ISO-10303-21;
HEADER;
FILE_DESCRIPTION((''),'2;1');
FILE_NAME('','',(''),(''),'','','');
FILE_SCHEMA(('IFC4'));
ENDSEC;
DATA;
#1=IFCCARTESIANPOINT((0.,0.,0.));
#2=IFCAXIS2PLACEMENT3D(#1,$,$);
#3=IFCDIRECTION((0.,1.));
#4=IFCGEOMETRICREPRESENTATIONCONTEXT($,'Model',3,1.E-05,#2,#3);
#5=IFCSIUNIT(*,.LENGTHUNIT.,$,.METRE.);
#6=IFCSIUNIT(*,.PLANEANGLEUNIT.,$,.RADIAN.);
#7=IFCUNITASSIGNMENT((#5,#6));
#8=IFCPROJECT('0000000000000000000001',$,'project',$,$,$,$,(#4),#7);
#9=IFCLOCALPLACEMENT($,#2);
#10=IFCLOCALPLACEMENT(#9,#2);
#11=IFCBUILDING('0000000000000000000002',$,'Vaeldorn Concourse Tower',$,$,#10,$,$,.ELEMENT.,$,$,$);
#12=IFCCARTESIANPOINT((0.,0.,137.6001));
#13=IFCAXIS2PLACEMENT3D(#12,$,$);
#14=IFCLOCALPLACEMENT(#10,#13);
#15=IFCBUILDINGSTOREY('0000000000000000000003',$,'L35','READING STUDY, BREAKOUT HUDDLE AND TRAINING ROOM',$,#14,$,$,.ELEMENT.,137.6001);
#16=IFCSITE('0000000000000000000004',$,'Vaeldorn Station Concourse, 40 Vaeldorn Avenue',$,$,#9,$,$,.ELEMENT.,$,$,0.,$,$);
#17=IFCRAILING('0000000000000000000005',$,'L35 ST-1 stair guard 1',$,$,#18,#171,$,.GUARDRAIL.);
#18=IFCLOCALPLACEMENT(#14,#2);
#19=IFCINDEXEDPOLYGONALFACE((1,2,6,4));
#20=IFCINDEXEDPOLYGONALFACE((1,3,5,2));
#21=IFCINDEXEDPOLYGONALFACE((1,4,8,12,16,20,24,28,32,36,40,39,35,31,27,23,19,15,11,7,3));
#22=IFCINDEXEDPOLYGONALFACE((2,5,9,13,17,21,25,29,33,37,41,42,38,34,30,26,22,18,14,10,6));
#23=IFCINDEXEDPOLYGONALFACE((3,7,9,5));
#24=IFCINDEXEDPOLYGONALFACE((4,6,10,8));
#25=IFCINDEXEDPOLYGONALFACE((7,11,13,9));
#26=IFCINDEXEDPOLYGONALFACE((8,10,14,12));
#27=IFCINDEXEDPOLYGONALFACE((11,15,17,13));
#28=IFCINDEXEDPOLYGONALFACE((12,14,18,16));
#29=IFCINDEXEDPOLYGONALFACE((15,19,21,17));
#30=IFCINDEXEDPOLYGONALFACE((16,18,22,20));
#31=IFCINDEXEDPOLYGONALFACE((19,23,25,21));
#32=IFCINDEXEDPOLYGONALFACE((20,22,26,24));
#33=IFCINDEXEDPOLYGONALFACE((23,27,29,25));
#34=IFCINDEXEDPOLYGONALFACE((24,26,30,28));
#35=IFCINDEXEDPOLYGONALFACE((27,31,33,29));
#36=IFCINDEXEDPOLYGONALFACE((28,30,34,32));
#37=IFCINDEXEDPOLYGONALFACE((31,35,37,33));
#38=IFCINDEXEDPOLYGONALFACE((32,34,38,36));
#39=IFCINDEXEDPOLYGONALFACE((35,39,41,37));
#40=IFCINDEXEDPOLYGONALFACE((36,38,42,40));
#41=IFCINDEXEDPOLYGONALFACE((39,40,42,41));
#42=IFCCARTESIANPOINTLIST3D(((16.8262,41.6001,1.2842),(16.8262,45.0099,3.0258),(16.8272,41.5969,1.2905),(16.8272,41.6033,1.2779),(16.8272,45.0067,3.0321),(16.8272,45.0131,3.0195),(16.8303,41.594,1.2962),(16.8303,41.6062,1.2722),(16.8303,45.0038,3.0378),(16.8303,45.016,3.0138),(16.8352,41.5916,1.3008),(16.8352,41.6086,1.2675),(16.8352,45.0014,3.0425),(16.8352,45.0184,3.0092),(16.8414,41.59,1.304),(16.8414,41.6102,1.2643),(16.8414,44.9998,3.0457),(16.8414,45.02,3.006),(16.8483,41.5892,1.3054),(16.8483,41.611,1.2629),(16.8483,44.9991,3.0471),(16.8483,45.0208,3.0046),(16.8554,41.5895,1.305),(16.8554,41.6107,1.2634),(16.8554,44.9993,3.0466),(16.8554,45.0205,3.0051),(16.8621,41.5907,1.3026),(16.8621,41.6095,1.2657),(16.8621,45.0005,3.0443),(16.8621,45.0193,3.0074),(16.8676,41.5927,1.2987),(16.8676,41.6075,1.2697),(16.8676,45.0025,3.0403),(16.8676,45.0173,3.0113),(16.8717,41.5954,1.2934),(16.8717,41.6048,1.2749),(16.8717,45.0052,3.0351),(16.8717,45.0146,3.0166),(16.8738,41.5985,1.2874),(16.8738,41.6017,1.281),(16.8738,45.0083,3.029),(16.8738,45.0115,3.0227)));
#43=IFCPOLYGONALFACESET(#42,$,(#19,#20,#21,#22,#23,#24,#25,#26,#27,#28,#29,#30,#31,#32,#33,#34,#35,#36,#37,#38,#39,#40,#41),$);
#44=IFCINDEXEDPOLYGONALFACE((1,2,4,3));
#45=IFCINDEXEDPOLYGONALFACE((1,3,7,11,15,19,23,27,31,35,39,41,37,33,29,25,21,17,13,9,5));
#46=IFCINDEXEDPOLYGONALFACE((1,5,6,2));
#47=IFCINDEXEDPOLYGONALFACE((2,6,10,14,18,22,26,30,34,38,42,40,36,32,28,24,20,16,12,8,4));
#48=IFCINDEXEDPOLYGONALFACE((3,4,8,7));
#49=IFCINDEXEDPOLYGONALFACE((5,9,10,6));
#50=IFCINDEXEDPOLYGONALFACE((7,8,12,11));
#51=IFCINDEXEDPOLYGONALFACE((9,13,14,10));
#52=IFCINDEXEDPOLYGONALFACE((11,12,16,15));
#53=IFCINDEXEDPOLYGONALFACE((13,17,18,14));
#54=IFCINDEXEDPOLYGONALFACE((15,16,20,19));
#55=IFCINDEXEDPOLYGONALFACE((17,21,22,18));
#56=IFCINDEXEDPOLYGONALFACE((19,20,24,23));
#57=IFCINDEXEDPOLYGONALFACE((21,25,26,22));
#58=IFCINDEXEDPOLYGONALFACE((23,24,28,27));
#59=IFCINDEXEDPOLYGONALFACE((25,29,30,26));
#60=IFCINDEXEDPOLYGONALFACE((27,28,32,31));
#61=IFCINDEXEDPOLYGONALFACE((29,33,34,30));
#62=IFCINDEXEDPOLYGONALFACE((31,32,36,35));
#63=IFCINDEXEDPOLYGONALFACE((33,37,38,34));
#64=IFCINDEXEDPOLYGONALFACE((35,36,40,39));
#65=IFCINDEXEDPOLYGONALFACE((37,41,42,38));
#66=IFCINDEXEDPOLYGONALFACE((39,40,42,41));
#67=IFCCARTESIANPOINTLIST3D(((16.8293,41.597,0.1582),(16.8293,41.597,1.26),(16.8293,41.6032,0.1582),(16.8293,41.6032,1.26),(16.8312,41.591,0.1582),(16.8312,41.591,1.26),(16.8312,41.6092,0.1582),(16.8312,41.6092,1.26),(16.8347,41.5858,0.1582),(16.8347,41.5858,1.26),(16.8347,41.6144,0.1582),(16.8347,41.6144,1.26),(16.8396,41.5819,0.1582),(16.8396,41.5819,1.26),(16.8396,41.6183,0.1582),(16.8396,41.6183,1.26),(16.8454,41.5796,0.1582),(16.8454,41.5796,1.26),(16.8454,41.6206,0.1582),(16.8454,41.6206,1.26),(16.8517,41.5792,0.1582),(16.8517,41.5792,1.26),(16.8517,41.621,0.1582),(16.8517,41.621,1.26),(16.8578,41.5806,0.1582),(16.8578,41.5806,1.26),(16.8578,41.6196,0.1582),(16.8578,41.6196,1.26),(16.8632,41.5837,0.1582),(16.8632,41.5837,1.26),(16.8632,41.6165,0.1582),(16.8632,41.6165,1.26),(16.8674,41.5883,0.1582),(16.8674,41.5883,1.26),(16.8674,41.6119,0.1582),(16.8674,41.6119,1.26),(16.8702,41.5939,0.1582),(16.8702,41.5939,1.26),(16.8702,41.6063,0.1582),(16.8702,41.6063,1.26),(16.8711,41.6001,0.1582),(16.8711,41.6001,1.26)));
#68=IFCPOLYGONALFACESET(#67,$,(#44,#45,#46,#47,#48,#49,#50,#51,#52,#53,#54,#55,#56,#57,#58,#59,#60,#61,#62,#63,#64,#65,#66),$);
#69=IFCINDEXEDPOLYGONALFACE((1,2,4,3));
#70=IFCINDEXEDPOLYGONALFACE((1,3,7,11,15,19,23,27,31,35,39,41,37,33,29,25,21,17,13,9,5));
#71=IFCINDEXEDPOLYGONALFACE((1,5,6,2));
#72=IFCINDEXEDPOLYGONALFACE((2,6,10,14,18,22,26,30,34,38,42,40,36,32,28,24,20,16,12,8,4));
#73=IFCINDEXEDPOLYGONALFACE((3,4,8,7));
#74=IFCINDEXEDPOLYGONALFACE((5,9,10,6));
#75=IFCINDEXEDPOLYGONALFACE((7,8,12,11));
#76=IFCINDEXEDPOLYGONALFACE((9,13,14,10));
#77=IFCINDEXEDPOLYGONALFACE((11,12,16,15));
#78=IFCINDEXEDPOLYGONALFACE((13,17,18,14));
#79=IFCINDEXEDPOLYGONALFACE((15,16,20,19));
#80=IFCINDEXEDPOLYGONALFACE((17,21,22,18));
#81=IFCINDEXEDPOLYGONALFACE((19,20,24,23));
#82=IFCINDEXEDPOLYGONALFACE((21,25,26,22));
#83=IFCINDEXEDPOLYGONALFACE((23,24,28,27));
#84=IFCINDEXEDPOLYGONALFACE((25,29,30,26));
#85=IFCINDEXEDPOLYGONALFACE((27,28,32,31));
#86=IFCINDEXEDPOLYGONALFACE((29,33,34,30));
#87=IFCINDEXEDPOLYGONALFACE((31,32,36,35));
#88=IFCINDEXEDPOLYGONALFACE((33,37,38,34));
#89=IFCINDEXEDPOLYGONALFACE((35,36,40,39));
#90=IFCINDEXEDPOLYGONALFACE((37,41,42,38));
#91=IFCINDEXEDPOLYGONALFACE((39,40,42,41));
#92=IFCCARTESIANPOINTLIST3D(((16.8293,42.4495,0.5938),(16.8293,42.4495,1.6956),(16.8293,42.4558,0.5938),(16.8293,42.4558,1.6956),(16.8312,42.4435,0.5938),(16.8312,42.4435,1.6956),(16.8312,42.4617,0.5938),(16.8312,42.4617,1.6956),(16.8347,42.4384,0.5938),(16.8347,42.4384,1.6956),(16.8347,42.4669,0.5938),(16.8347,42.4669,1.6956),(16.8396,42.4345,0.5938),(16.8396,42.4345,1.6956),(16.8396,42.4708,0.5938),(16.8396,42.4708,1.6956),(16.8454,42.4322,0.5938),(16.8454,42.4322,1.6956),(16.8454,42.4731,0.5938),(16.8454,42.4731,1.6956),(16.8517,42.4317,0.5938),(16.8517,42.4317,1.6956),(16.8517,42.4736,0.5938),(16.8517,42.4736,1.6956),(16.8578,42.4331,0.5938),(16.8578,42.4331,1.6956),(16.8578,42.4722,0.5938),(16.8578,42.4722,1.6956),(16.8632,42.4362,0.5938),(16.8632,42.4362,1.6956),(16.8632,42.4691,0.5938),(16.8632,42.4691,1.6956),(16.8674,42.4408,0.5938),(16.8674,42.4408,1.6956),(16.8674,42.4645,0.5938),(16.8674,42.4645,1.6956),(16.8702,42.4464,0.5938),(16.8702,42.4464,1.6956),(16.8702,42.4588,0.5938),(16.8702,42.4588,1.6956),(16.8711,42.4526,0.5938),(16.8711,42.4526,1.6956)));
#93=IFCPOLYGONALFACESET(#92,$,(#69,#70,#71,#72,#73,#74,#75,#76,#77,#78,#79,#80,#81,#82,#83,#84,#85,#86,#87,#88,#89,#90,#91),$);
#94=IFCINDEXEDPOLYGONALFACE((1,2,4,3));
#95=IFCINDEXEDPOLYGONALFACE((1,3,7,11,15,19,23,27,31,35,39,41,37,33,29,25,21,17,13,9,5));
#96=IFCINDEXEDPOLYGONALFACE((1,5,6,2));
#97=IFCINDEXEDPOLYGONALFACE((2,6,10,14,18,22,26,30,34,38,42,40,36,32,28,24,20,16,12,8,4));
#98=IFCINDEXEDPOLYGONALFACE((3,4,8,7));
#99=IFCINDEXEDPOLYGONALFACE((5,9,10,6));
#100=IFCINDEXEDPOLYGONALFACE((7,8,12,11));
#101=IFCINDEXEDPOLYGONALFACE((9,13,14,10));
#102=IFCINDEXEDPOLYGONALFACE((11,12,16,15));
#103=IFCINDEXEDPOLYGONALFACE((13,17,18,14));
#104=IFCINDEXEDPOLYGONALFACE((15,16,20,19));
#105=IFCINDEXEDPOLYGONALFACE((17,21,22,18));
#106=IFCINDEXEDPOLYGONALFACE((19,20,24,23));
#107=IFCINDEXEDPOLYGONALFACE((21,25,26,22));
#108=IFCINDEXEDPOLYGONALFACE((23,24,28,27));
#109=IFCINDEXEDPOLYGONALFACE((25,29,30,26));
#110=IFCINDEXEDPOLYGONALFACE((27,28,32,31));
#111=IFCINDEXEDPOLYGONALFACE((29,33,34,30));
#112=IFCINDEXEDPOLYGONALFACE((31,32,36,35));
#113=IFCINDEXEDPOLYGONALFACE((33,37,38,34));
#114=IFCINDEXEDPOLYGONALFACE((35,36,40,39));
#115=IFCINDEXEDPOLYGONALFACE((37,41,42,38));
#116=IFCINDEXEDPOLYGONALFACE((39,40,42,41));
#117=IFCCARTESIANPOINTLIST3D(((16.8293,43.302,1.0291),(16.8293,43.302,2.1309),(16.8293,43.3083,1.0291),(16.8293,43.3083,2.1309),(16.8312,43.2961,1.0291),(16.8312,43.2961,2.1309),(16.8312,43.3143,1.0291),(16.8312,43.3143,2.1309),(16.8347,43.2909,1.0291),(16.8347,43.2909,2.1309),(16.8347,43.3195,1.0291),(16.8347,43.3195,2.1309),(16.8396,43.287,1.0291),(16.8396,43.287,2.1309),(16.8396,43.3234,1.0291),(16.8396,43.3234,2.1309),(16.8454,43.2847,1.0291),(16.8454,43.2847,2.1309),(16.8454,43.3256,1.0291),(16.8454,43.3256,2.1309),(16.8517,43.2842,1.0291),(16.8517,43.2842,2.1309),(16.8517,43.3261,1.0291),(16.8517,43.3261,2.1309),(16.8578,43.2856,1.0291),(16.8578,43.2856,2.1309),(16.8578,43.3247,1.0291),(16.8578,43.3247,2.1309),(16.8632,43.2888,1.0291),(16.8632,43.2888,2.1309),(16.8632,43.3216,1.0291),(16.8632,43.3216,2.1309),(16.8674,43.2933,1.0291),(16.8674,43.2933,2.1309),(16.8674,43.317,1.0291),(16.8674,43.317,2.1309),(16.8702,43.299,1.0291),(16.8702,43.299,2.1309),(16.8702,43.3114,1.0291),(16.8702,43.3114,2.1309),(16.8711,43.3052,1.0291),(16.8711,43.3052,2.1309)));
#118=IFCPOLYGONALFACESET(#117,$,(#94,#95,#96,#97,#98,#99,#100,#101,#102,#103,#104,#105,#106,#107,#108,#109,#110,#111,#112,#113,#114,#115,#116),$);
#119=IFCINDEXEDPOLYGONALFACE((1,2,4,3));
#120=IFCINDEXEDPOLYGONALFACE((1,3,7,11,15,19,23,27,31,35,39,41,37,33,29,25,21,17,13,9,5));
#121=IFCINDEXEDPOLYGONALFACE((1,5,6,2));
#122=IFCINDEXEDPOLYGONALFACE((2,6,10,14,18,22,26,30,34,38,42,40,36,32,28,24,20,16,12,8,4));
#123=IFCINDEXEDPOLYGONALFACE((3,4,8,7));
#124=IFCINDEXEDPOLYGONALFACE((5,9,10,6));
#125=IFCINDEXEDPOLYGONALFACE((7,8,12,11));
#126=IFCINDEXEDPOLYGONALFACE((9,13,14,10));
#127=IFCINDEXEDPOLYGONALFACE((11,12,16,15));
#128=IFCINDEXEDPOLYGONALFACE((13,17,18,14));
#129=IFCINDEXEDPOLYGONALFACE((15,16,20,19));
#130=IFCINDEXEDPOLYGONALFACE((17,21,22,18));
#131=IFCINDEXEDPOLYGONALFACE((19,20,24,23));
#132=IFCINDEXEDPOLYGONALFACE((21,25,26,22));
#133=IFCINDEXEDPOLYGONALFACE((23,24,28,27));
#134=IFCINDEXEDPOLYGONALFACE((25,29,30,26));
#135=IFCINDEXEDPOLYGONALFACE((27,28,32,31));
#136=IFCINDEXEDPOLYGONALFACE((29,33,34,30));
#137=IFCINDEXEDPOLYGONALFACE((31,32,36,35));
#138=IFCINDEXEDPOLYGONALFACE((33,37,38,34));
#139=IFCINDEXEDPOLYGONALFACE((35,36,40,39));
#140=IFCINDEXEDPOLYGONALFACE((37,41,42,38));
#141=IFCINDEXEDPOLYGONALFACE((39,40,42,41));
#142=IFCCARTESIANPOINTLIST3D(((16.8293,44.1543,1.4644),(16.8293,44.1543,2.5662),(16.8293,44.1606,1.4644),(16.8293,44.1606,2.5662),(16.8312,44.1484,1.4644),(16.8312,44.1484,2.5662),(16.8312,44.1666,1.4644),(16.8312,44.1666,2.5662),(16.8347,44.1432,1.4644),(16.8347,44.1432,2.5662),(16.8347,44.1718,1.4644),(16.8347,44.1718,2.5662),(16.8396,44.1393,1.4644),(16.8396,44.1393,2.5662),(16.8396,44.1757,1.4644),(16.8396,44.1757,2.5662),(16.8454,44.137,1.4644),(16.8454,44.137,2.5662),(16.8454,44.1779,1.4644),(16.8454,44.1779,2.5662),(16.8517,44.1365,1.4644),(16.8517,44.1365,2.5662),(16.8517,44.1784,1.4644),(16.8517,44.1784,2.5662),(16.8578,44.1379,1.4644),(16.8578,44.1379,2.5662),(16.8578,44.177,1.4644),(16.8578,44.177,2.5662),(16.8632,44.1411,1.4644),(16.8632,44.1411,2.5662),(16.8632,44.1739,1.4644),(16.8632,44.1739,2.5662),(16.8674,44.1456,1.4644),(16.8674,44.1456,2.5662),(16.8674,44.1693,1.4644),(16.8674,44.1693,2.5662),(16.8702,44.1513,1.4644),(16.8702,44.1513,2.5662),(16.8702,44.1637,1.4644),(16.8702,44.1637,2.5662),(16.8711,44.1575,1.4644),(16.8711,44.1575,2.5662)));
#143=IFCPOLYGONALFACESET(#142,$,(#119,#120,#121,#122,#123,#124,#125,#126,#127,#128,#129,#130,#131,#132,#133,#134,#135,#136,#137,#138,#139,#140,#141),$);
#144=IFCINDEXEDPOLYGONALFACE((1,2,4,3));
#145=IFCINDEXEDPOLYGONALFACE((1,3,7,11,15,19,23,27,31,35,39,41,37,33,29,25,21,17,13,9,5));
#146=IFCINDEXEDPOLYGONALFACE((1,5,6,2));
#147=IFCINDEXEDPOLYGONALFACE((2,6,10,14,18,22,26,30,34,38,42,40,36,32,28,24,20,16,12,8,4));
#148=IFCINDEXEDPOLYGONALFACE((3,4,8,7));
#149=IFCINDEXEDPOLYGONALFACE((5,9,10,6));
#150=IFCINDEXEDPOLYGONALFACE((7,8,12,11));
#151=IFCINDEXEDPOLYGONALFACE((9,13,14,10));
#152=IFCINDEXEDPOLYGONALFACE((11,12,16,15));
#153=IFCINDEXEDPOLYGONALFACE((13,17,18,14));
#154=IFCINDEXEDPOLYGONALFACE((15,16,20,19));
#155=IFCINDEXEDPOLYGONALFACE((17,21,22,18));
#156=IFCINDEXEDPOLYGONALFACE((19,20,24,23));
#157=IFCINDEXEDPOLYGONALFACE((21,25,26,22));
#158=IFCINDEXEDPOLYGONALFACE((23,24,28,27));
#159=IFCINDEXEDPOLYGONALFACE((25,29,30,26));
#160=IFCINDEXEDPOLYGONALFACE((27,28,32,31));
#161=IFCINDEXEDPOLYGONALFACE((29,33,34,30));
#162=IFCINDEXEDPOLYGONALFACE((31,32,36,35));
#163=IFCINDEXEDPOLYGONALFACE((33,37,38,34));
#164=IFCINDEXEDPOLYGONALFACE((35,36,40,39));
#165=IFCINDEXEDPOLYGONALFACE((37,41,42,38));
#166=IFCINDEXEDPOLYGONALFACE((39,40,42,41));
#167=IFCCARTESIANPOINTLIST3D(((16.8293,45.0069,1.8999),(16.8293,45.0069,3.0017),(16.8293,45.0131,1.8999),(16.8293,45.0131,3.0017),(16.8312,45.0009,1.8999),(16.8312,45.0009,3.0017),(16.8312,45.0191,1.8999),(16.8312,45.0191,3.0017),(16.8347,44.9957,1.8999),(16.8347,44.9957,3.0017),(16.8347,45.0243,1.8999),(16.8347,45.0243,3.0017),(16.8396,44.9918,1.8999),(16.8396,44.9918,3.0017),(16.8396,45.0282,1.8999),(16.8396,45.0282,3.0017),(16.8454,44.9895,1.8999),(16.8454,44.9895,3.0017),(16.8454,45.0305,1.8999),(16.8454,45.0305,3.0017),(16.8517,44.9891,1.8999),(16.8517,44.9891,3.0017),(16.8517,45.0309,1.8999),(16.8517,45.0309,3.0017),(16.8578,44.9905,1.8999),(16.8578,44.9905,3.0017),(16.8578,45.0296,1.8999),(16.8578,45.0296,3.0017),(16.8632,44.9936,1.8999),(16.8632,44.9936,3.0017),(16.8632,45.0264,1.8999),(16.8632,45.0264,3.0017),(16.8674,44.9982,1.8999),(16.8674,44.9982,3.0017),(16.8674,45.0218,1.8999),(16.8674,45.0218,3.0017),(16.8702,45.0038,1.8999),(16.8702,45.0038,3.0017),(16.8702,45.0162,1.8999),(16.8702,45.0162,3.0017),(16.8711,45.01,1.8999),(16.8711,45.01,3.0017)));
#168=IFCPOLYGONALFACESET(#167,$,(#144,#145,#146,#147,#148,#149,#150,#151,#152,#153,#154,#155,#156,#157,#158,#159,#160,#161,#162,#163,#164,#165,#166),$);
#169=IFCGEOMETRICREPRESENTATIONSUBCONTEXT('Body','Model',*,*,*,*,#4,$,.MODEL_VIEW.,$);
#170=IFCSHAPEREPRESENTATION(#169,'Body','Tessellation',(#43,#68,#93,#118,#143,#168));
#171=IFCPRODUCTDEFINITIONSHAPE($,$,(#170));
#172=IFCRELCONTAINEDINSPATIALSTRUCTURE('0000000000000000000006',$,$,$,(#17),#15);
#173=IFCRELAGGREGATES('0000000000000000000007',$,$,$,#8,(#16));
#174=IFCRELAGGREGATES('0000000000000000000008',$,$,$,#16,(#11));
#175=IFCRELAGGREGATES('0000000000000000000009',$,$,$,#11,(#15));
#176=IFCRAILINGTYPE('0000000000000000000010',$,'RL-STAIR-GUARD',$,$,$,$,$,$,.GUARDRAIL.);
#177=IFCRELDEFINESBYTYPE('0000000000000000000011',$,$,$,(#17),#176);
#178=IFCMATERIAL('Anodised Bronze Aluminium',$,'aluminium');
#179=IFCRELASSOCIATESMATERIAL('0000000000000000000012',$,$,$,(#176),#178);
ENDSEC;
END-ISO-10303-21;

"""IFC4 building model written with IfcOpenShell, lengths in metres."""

from ifc_helpers import new_model, si_unit, direction, frame, origin, origin_2d, place, context, subcontext, project, spatial, circle, extrude, material, type_object, element, save


model = new_model("IFC4")

# Units and contexts
model_context = context("Model", 3, precision=1e-05, world=origin(), true_north=direction((0.0, 1.0)))
body_context = subcontext(model_context, "Body", "Model", "MODEL_VIEW")
ifc_project = project(units=[si_unit("LENGTHUNIT", "METRE"), si_unit("PLANEANGLEUNIT", "RADIAN")], contexts=[model_context])

# Site, building, storey
site_placement = place(None, origin())
site = spatial("IfcSite", under=ifc_project, at=site_placement, Name="Vaeldorn Station Concourse, 40 Vaeldorn Avenue", CompositionType="ELEMENT", RefElevation=0.0)
building_placement = place(site_placement, origin())
building = spatial("IfcBuilding", under=site, at=building_placement, Name="Vaeldorn Concourse Tower", CompositionType="ELEMENT")
storey_placement = place(building_placement, frame((0.0, 0.0, 137.6001)))
storey = spatial("IfcBuildingStorey", under=building, at=storey_placement, Name="L35", Description="READING STUDY, BREAKOUT HUDDLE AND TRAINING ROOM", CompositionType="ELEMENT", Elevation=137.6001)

# Shared definitions
ifc_material_1 = material(Name="Anodised Bronze Aluminium", Category="aluminium")

# Railing
railing_type_1 = type_object("IfcRailingType", Name="RL-STAIR-GUARD", PredefinedType="GUARDRAIL", material=ifc_material_1)
railing_1_placement = place(storey_placement, frame((16.8501, 41.6001, 0.1582)))
element("IfcRailing", 1, at=railing_1_placement, inside=storey, type_object=railing_type_1, Name="L35 ST-1 stair guard 1", PredefinedType="GUARDRAIL", context=body_context, shape_type="SweptSolid", body=[
    extrude(circle(Radius=0.0239, at=origin_2d()), frame((0.0, 0.0, 1.126), z_axis=(0.0, 0.890556, 0.454874), x_axis=(-1.0, 0.0, 0.0)), (0.0, 0.0, 1.0), 3.8289),
    extrude(circle(Radius=0.021, at=origin_2d()), origin(), (0.0, 0.0, 1.0), 1.1018),
    extrude(circle(Radius=0.021, at=origin_2d()), frame((0.0, 0.8525, 0.4355)), (0.0, 0.0, 1.0), 1.1018),
    extrude(circle(Radius=0.021, at=origin_2d()), frame((0.0, 1.7051, 0.8708)), (0.0, 0.0, 1.0), 1.1018),
    extrude(circle(Radius=0.021, at=origin_2d()), frame((0.0, 2.5574, 1.3062)), (0.0, 0.0, 1.0), 1.1018),
    extrude(circle(Radius=0.021, at=origin_2d()), frame((0.0, 3.4099, 1.7417)), (0.0, 0.0, 1.0), 1.1018),
])

save(model, "model.ifc")
